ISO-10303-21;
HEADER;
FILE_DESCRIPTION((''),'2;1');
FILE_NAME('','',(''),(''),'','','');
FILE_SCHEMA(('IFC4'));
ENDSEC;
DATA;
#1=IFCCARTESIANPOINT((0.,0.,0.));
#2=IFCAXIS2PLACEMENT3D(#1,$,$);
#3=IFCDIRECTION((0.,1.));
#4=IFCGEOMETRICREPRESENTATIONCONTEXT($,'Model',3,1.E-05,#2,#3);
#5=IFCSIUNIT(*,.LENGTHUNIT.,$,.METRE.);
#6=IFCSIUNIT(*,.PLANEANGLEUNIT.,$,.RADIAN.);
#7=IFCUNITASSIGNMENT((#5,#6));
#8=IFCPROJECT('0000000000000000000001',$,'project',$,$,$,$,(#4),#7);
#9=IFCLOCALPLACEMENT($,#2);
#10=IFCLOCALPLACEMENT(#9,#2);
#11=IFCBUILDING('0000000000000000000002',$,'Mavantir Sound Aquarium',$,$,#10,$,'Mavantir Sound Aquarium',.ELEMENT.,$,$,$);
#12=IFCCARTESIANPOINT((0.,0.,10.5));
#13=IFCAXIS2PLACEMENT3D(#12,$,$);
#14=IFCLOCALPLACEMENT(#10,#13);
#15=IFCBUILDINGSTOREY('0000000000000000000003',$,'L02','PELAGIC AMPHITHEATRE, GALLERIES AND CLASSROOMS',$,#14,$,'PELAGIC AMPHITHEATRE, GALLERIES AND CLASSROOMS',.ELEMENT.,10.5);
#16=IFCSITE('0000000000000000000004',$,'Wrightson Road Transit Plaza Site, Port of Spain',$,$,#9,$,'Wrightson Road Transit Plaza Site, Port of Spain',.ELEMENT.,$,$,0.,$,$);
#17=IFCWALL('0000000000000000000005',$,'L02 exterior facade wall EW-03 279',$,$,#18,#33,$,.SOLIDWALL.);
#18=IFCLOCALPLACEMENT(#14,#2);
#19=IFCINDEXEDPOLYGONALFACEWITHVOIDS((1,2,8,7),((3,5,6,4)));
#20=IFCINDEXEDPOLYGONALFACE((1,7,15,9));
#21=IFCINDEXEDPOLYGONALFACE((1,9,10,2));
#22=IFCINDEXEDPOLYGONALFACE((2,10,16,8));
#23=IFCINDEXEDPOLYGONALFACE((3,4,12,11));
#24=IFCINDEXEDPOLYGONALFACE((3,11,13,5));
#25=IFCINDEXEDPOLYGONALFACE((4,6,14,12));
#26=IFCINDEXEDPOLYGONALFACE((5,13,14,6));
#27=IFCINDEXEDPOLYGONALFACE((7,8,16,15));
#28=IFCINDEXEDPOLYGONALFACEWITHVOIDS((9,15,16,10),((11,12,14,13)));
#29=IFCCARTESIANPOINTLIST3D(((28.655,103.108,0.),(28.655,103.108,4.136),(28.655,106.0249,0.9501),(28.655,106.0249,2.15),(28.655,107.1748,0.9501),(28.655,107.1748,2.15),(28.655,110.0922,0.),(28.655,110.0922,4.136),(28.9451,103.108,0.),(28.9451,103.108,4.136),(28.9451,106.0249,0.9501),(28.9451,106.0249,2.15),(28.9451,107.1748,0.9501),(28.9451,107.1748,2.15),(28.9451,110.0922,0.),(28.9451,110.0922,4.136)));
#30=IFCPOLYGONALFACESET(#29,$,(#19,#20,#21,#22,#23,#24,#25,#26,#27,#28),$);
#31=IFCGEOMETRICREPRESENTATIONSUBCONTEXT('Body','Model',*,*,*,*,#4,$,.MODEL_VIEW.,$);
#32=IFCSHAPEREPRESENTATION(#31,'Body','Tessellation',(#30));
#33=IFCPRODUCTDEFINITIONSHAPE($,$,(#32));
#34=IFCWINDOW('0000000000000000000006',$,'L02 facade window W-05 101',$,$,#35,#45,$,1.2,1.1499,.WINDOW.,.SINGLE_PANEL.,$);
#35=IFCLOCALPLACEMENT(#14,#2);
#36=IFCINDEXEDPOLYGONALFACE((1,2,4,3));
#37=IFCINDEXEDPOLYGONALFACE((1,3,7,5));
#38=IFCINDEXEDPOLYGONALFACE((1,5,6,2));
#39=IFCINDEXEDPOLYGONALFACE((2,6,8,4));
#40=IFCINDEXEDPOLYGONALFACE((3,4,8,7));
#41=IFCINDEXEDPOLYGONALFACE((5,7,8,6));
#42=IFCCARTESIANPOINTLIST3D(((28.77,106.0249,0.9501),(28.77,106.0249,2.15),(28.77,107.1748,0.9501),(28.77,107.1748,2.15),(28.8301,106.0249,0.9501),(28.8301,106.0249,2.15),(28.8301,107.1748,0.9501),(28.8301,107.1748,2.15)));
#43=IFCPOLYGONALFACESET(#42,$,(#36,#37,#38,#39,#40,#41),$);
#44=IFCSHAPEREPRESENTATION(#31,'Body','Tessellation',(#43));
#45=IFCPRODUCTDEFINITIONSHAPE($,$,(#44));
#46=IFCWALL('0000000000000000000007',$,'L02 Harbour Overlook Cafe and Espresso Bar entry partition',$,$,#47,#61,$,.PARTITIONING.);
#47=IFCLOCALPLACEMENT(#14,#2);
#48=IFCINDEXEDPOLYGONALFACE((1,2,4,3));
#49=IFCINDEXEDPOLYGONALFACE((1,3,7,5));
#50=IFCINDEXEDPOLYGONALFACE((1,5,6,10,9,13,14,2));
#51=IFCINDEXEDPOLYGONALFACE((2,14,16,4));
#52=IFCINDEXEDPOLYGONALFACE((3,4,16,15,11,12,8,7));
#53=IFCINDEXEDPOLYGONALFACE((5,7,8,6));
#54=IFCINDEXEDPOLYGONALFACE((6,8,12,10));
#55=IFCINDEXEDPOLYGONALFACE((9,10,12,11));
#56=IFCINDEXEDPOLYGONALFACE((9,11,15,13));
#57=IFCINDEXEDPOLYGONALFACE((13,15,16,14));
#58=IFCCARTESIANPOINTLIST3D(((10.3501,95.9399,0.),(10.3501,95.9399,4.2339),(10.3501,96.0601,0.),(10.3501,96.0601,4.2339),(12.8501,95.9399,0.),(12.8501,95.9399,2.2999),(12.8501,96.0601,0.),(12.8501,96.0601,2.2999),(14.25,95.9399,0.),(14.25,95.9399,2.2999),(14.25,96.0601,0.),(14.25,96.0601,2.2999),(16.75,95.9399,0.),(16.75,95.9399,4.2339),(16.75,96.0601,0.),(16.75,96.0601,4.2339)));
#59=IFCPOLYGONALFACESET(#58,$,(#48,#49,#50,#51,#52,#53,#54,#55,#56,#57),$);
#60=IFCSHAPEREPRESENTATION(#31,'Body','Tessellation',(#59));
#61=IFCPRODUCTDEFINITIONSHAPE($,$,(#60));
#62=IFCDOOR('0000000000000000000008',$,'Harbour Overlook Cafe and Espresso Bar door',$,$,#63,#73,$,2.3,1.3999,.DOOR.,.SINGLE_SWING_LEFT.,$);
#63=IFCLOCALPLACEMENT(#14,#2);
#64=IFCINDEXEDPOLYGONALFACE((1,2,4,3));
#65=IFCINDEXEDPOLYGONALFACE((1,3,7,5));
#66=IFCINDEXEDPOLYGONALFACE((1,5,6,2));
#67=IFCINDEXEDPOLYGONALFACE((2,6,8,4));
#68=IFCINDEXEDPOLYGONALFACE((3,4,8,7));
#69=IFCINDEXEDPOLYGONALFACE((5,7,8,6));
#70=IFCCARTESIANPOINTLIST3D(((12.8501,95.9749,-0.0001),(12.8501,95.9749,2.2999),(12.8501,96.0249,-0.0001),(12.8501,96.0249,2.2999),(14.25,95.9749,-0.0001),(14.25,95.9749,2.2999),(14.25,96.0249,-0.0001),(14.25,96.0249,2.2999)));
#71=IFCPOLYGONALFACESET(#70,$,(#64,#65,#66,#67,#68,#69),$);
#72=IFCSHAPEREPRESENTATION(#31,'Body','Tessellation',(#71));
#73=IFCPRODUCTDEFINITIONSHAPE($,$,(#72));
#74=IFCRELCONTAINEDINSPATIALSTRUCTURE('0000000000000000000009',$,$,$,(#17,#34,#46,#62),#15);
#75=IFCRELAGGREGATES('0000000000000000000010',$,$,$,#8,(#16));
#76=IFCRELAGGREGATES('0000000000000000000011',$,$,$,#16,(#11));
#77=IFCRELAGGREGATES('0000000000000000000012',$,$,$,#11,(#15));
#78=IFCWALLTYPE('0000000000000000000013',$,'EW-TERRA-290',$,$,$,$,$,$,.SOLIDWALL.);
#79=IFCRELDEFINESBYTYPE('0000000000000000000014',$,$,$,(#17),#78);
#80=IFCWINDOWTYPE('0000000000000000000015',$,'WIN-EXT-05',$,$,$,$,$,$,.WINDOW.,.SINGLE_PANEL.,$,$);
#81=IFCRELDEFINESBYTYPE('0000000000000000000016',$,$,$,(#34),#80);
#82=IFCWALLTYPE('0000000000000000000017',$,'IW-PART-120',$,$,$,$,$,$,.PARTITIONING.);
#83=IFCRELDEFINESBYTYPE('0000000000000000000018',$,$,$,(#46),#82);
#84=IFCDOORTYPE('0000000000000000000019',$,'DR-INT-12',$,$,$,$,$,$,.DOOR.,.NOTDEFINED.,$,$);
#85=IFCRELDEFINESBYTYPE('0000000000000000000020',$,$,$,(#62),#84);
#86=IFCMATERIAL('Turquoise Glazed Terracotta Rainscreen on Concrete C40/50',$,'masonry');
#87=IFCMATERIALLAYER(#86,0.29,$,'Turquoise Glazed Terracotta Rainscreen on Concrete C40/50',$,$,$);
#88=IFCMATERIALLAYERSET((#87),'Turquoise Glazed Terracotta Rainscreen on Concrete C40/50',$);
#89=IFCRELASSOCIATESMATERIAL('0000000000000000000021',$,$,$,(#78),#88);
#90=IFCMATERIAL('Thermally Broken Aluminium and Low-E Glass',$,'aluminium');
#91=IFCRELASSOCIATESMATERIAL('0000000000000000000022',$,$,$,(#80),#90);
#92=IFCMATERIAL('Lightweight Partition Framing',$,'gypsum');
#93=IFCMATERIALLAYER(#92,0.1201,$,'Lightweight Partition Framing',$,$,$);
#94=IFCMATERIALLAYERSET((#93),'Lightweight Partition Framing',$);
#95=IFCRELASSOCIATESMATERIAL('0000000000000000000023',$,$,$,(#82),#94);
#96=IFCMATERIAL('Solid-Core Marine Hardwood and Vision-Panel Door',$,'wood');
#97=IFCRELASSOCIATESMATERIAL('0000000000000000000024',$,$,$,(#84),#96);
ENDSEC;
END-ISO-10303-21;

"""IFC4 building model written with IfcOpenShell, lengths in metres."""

from ifc_helpers import new_model, si_unit, direction, frame, frame_2d, origin, place, context, subcontext, project, spatial, rectangle, extrude, material, layer, layer_set, type_object, element, fill, save


model = new_model("IFC4")

# Units and contexts
model_context = context("Model", 3, precision=1e-05, world=origin(), true_north=direction((0.0, 1.0)))
body_context = subcontext(model_context, "Body", "Model", "MODEL_VIEW")
ifc_project = project(units=[si_unit("LENGTHUNIT", "METRE"), si_unit("PLANEANGLEUNIT", "RADIAN")], contexts=[model_context])

# Site, building, storey
site_placement = place(None, origin())
site = spatial("IfcSite", under=ifc_project, at=site_placement, Name="Wrightson Road Transit Plaza Site, Port of Spain", LongName="Wrightson Road Transit Plaza Site, Port of Spain", CompositionType="ELEMENT", RefElevation=0.0)
building_placement = place(site_placement, origin())
building = spatial("IfcBuilding", under=site, at=building_placement, Name="Mavantir Sound Aquarium", LongName="Mavantir Sound Aquarium", CompositionType="ELEMENT")
storey_placement = place(building_placement, frame((0.0, 0.0, 10.5)))
storey = spatial("IfcBuildingStorey", under=building, at=storey_placement, Name="L02", Description="PELAGIC AMPHITHEATRE, GALLERIES AND CLASSROOMS", LongName="PELAGIC AMPHITHEATRE, GALLERIES AND CLASSROOMS", CompositionType="ELEMENT", Elevation=10.5)

# Shared definitions
ifc_material_1 = material(Name="Thermally Broken Aluminium and Low-E Glass", Category="aluminium")

# Wall, opening, window
ifc_material_2 = material(Name="Turquoise Glazed Terracotta Rainscreen on Concrete C40/50", Category="masonry")
ifc_layer_1 = layer(ifc_material_2, 0.29, Name="Turquoise Glazed Terracotta Rainscreen on Concrete C40/50")
ifc_layer_set_1 = layer_set([ifc_layer_1], Name="Turquoise Glazed Terracotta Rainscreen on Concrete C40/50")
wall_type_1 = type_object("IfcWallType", Name="EW-TERRA-290", PredefinedType="SOLIDWALL", material=ifc_layer_set_1)
wall_1_placement = place(storey_placement, frame((28.8, 103.1079, 0.0), z_axis=(0.0, 0.0, 1.0), x_axis=(0.0, 1.0, 0.0)))
wall_1 = element("IfcWall", 1, at=wall_1_placement, inside=storey, type_object=wall_type_1, Name="L02 exterior facade wall EW-03 279", PredefinedType="SOLIDWALL", context=body_context, shape_type="SweptSolid", body=[
    extrude(rectangle(XDim=6.9841, YDim=0.29, at=frame_2d((3.4922, 0.0))), origin(), (0.0, 0.0, 1.0), 4.136),
])
opening_1_placement = place(wall_1_placement, frame((2.917, 0.0, 0.95)))
opening_1 = element("IfcOpeningElement", 2, at=opening_1_placement, cuts=wall_1, PredefinedType="OPENING", context=body_context, shape_type="SweptSolid", body=[
    extrude(rectangle(XDim=1.1499, YDim=1.2, at=frame_2d((0.575, 0.6001))), frame((0.0, 0.155, 0.0), z_axis=(0.0, -1.0, 0.0), x_axis=(1.0, 0.0, 0.0)), (0.0, 0.0, 1.0), 0.3101),
])
window_type_1 = type_object("IfcWindowType", Name="WIN-EXT-05", PartitioningType="SINGLE_PANEL", PredefinedType="WINDOW", material=ifc_material_1)
window_1_placement = place(opening_1_placement, origin())
window_1 = element("IfcWindow", 3, at=window_1_placement, inside=storey, type_object=window_type_1, Name="L02 facade window W-05 101", OverallHeight=1.2, OverallWidth=1.1499, PartitioningType="SINGLE_PANEL", PredefinedType="WINDOW", context=body_context, shape_type="SweptSolid", body=[
    extrude(rectangle(XDim=1.1499, YDim=1.2, at=frame_2d((0.575, 0.6001))), frame((0.0, 0.03, 0.0), z_axis=(0.0, -1.0, 0.0), x_axis=(1.0, 0.0, 0.0)), (0.0, 0.0, 1.0), 0.0601),
])
fill(opening_1, window_1)

# Wall, opening, door
ifc_material_3 = material(Name="Lightweight Partition Framing", Category="gypsum")
ifc_layer_2 = layer(ifc_material_3, 0.1201, Name="Lightweight Partition Framing")
ifc_layer_set_2 = layer_set([ifc_layer_2], Name="Lightweight Partition Framing")
wall_type_2 = type_object("IfcWallType", Name="IW-PART-120", PredefinedType="PARTITIONING", material=ifc_layer_set_2)
wall_2_placement = place(storey_placement, frame((10.3501, 96.0, 0.0), z_axis=(0.0, 0.0, 1.0), x_axis=(1.0, 0.0, 0.0)))
wall_2 = element("IfcWall", 4, at=wall_2_placement, inside=storey, type_object=wall_type_2, Name="L02 Harbour Overlook Cafe and Espresso Bar entry partition", PredefinedType="PARTITIONING", context=body_context, shape_type="SweptSolid", body=[
    extrude(rectangle(XDim=6.3999, YDim=0.1201, at=frame_2d((3.2, 0.0))), origin(), (0.0, 0.0, 1.0), 4.2339),
])
opening_2_placement = place(wall_2_placement, frame((2.5, 0.0, 0.0)))
opening_2 = element("IfcOpeningElement", 5, at=opening_2_placement, cuts=wall_2, PredefinedType="OPENING", context=body_context, shape_type="SweptSolid", body=[
    extrude(rectangle(XDim=1.3999, YDim=2.3, at=frame_2d((0.7, 1.1499))), frame((0.0, 0.0701, 0.0), z_axis=(0.0, -1.0, 0.0), x_axis=(1.0, 0.0, 0.0)), (0.0, 0.0, 1.0), 0.1401),
])
ifc_material_4 = material(Name="Solid-Core Marine Hardwood and Vision-Panel Door", Category="wood")
door_type_1 = type_object("IfcDoorType", Name="DR-INT-12", OperationType="NOTDEFINED", PredefinedType="DOOR", material=ifc_material_4)
door_1_placement = place(opening_2_placement, origin())
door_1 = element("IfcDoor", 6, at=door_1_placement, inside=storey, type_object=door_type_1, Name="Harbour Overlook Cafe and Espresso Bar door", OperationType="SINGLE_SWING_LEFT", OverallHeight=2.3, OverallWidth=1.3999, PredefinedType="DOOR", context=body_context, shape_type="SweptSolid", body=[
    extrude(rectangle(XDim=1.3999, YDim=2.3, at=frame_2d((0.7, 1.1499))), frame((0.0, 0.0249, 0.0), z_axis=(0.0, -1.0, 0.0), x_axis=(1.0, 0.0, 0.0)), (0.0, 0.0, 1.0), 0.05),
])
fill(opening_2, door_1)

save(model, "model.ifc")
